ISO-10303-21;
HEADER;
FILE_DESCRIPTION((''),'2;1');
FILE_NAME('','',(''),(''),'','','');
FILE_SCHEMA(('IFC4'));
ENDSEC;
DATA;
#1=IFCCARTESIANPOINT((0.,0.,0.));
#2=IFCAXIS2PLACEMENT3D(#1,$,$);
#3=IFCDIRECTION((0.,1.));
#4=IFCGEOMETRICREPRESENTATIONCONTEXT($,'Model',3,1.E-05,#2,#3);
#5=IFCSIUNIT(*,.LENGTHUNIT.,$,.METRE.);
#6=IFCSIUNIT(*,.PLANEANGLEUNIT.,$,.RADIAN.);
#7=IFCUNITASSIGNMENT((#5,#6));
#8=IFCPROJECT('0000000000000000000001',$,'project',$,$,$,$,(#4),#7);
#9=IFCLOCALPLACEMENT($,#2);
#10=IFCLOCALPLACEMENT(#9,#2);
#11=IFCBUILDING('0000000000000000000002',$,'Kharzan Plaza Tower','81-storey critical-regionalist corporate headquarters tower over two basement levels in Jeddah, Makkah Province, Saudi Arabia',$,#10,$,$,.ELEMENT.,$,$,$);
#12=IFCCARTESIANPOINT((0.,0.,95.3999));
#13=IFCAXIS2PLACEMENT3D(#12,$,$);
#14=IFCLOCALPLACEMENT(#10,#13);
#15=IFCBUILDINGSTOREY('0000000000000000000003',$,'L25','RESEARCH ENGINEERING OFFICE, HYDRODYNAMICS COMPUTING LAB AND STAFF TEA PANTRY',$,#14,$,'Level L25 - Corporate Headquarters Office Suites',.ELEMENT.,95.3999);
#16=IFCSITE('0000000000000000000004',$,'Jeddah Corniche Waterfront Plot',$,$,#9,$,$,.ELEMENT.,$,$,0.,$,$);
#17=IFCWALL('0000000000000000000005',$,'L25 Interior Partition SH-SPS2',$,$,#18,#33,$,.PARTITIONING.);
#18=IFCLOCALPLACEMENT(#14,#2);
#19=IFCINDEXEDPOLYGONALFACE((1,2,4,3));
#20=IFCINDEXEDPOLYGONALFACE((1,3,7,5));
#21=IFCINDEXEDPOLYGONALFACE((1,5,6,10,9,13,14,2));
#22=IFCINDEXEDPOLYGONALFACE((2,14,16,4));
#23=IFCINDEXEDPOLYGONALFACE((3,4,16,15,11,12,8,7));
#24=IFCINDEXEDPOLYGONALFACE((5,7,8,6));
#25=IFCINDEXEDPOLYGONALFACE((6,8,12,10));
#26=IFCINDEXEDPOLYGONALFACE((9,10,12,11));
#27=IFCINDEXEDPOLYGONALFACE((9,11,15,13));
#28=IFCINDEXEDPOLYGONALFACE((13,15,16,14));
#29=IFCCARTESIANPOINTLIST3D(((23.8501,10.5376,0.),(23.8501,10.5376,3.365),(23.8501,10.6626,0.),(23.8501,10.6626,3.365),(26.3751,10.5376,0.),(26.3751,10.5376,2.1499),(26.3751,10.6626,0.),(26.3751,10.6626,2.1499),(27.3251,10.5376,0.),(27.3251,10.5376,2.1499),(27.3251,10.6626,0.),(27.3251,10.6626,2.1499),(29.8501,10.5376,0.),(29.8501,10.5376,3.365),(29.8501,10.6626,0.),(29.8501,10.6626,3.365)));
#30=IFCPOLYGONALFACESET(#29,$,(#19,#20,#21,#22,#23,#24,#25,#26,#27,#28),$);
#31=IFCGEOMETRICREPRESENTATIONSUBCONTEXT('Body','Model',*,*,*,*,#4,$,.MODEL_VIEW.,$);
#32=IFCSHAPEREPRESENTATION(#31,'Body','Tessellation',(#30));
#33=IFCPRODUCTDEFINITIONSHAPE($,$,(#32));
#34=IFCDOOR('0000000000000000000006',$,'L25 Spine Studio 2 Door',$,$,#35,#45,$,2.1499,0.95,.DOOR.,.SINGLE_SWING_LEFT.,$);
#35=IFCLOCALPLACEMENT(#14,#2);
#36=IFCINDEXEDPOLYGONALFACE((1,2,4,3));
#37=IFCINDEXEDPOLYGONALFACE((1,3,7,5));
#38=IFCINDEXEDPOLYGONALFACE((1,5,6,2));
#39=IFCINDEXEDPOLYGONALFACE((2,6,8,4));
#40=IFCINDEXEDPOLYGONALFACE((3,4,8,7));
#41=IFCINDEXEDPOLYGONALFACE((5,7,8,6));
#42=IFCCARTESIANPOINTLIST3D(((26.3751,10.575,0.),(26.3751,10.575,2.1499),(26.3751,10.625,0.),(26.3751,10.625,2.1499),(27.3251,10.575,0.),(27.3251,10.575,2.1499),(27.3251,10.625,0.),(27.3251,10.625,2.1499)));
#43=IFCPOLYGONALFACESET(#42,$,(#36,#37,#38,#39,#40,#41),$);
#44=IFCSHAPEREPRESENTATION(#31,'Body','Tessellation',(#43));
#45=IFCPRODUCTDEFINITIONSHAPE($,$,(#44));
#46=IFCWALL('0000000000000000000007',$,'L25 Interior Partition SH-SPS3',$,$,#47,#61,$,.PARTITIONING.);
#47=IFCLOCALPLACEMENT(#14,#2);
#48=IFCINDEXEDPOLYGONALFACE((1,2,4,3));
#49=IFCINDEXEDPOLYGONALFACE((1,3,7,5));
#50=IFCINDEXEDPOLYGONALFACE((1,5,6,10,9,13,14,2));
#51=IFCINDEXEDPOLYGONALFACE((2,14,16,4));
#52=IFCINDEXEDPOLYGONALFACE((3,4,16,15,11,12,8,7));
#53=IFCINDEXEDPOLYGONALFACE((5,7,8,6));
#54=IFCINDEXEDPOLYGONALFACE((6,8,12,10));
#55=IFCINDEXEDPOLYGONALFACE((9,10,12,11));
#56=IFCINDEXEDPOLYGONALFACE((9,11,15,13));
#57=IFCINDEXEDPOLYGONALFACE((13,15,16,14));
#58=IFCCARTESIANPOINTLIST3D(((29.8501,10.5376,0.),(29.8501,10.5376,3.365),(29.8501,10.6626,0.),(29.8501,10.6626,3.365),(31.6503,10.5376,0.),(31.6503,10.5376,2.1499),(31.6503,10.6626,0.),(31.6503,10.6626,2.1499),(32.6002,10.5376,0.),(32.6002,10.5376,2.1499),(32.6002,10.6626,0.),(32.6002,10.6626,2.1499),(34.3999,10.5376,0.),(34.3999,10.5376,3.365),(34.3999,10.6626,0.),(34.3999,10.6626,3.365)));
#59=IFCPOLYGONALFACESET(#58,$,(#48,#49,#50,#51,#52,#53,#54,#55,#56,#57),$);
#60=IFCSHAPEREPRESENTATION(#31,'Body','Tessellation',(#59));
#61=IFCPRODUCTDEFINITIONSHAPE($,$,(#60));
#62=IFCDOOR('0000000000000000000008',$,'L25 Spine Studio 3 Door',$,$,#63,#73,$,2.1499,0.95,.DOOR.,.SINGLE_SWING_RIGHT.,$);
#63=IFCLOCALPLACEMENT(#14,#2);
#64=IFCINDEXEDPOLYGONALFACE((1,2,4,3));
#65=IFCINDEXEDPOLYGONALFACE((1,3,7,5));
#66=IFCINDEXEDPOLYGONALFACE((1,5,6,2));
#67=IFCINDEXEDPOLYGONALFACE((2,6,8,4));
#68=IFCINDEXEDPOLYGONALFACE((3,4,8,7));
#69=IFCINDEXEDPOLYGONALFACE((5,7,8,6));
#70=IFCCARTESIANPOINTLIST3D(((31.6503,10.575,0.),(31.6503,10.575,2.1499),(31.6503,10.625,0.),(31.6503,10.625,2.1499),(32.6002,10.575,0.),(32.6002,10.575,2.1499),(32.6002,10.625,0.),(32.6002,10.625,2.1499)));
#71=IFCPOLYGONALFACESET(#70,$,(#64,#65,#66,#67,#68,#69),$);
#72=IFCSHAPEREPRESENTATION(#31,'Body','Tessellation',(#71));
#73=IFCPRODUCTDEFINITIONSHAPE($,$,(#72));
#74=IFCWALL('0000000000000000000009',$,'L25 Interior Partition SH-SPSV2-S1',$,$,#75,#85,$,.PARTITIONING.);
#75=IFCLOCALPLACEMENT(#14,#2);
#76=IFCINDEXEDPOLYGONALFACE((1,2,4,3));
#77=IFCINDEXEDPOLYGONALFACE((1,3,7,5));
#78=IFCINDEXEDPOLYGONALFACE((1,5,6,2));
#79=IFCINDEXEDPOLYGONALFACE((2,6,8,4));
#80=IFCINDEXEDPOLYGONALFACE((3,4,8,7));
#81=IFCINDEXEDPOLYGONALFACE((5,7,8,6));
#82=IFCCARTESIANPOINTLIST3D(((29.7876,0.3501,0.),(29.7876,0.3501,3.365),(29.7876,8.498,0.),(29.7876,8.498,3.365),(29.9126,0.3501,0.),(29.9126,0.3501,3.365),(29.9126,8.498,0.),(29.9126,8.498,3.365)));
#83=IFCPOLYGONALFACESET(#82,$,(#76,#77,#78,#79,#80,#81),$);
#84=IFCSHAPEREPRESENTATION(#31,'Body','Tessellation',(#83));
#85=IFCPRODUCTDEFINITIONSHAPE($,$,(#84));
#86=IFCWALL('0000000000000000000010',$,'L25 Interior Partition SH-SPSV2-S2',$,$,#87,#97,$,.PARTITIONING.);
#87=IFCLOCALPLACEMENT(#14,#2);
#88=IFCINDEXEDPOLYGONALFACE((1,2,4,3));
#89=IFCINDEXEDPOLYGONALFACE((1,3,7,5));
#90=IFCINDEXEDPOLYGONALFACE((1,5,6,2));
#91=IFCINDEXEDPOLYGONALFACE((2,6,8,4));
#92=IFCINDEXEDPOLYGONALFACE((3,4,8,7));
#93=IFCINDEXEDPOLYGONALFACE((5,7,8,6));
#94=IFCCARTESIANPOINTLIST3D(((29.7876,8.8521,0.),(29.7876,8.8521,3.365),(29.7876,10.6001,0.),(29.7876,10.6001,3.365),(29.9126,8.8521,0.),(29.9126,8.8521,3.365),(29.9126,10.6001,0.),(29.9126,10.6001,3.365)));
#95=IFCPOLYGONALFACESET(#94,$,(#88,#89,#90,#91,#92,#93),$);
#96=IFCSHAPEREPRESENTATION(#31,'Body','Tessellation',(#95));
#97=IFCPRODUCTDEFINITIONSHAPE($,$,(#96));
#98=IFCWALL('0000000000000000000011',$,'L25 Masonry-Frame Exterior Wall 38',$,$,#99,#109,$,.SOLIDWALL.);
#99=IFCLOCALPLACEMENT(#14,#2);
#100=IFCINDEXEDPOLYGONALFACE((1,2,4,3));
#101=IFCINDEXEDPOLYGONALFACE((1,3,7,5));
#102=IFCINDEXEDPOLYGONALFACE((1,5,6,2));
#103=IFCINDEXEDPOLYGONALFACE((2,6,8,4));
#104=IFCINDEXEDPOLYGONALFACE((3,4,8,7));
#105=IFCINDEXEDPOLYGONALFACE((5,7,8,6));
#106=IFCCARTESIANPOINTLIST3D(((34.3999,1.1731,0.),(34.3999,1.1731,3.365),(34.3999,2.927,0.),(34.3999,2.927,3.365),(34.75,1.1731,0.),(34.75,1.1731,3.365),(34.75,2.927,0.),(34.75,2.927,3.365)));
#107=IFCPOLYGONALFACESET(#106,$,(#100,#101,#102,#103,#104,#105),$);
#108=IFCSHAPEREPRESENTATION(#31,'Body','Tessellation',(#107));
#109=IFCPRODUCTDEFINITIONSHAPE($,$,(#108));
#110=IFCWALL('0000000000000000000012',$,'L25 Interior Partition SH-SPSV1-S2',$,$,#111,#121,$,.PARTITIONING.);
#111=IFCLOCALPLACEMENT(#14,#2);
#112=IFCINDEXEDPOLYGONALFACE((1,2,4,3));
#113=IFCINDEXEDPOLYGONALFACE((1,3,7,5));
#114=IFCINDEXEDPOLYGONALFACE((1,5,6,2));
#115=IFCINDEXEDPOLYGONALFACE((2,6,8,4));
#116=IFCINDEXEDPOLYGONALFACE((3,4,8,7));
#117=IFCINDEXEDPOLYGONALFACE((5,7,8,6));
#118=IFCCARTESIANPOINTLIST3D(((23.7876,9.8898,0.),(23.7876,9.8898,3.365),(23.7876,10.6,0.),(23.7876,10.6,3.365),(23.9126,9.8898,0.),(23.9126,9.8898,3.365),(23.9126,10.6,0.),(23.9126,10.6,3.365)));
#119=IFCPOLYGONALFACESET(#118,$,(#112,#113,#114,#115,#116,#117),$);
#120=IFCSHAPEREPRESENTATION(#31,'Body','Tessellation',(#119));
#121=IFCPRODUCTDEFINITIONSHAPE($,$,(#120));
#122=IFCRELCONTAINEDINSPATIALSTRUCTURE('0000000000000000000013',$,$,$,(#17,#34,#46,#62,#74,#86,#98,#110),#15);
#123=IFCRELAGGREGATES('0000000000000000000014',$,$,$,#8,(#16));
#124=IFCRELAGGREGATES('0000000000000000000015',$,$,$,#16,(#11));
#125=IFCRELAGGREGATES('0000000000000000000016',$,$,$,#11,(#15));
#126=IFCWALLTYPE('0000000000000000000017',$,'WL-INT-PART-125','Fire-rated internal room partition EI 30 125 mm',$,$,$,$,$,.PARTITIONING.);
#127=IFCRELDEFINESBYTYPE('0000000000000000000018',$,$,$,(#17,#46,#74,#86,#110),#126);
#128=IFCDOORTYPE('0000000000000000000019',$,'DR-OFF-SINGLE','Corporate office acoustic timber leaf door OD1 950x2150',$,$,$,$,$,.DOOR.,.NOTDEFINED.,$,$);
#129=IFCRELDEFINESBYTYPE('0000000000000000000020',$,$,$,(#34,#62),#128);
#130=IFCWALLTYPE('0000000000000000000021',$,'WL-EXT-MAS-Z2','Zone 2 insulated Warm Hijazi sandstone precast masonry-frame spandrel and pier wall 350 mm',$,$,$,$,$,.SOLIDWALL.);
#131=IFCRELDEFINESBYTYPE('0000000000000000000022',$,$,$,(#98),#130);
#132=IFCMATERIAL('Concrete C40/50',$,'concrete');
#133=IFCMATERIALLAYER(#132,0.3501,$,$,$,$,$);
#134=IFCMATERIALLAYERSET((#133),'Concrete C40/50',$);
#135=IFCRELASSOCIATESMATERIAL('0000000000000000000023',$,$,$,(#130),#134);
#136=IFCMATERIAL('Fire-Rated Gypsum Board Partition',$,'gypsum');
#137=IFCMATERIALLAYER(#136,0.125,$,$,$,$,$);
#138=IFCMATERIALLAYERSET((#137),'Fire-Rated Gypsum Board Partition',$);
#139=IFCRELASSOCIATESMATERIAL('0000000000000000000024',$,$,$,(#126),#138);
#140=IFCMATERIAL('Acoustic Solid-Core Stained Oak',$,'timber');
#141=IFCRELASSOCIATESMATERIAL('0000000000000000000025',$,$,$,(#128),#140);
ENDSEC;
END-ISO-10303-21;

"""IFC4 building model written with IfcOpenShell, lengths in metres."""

from ifc_helpers import new_model, si_unit, direction, frame, frame_2d, origin, place, context, subcontext, project, spatial, rectangle, extrude, source, transform, mapped, material, layer, layer_set, type_object, element, fill, save


model = new_model("IFC4")

# Units and contexts
model_context = context("Model", 3, precision=1e-05, world=origin(), true_north=direction((0.0, 1.0)))
body_context = subcontext(model_context, "Body", "Model", "MODEL_VIEW")
ifc_project = project(units=[si_unit("LENGTHUNIT", "METRE"), si_unit("PLANEANGLEUNIT", "RADIAN")], contexts=[model_context])

# Site, building, storey
site_placement = place(None, origin())
site = spatial("IfcSite", under=ifc_project, at=site_placement, Name="Jeddah Corniche Waterfront Plot", CompositionType="ELEMENT", RefElevation=0.0)
building_placement = place(site_placement, origin())
building = spatial("IfcBuilding", under=site, at=building_placement, Name="Kharzan Plaza Tower", Description="81-storey critical-regionalist corporate headquarters tower over two basement levels in Jeddah, Makkah Province, Saudi Arabia", CompositionType="ELEMENT")
storey_placement = place(building_placement, frame((0.0, 0.0, 95.3999)))
storey = spatial("IfcBuildingStorey", under=building, at=storey_placement, Name="L25", Description="RESEARCH ENGINEERING OFFICE, HYDRODYNAMICS COMPUTING LAB AND STAFF TEA PANTRY", LongName="Level L25 - Corporate Headquarters Office Suites", CompositionType="ELEMENT", Elevation=95.3999)

# Shared definitions
ifc_material_1 = material(Name="Concrete C40/50", Category="concrete")
ifc_layer_1 = layer(ifc_material_1, 0.3501)
ifc_layer_set_1 = layer_set([ifc_layer_1], Name="Concrete C40/50")
wall_type_1 = type_object("IfcWallType", Name="WL-EXT-MAS-Z2", Description="Zone 2 insulated Warm Hijazi sandstone precast masonry-frame spandrel and pier wall 350 mm", PredefinedType="SOLIDWALL", material=ifc_layer_set_1)

# Walls, openings, doors
ifc_material_2 = material(Name="Fire-Rated Gypsum Board Partition", Category="gypsum")
ifc_layer_2 = layer(ifc_material_2, 0.125)
ifc_layer_set_2 = layer_set([ifc_layer_2], Name="Fire-Rated Gypsum Board Partition")
wall_type_2 = type_object("IfcWallType", Name="WL-INT-PART-125", Description="Fire-rated internal room partition EI 30 125 mm", PredefinedType="PARTITIONING", material=ifc_layer_set_2)
wall_1_placement = place(storey_placement, frame((23.8501, 10.6001, 0.0), z_axis=(0.0, 0.0, 1.0), x_axis=(1.0, 0.0, 0.0)))
wall_1 = element("IfcWall", 1, at=wall_1_placement, inside=storey, type_object=wall_type_2, Name="L25 Interior Partition SH-SPS2", PredefinedType="PARTITIONING", context=body_context, shape_type="SweptSolid", body=[
    extrude(rectangle(XDim=6.0, YDim=0.125, at=frame_2d((3.0, 0.0))), origin(), (0.0, 0.0, 1.0), 3.365),
])
opening_1_placement = place(wall_1_placement, frame((2.5249, 0.0, 0.0)))
opening_1 = element("IfcOpeningElement", 2, at=opening_1_placement, cuts=wall_1, PredefinedType="OPENING", context=body_context, shape_type="SweptSolid", body=[
    extrude(rectangle(XDim=0.95, YDim=2.1499, at=frame_2d((0.4751, 1.075))), frame((0.0, 0.0725, 0.0), z_axis=(0.0, -1.0, 0.0), x_axis=(1.0, 0.0, 0.0)), (0.0, 0.0, 1.0), 0.145),
])
ifc_material_3 = material(Name="Acoustic Solid-Core Stained Oak", Category="timber")
door_type = type_object("IfcDoorType", Name="DR-OFF-SINGLE", Description="Corporate office acoustic timber leaf door OD1 950x2150", OperationType="NOTDEFINED", PredefinedType="DOOR", material=ifc_material_3)
shared_shape_1 = source(origin(), body_context, "Body", "SweptSolid", [
    extrude(rectangle(XDim=0.95, YDim=2.1499, at=frame_2d((0.4751, 1.075))), frame((0.0, 0.0249, 0.0), z_axis=(0.0, -1.0, 0.0), x_axis=(1.0, 0.0, 0.0)), (0.0, 0.0, 1.0), 0.05),
])
door_1_placement = place(opening_1_placement, origin())
door_1 = element("IfcDoor", 3, at=door_1_placement, inside=storey, type_object=door_type, Name="L25 Spine Studio 2 Door", OperationType="SINGLE_SWING_LEFT", OverallHeight=2.1499, OverallWidth=0.95, PredefinedType="DOOR", context=body_context, shape_type="MappedRepresentation", body=[
    mapped(shared_shape_1, transform((0.0, 0.0, 0.0), x_axis=(1.0, 0.0, 0.0), y_axis=(0.0, 1.0, 0.0), z_axis=(0.0, 0.0, 1.0))),
])
fill(opening_1, door_1)
wall_2_placement = place(storey_placement, frame((29.8501, 10.6001, 0.0), z_axis=(0.0, 0.0, 1.0), x_axis=(1.0, 0.0, 0.0)))
wall_2 = element("IfcWall", 4, at=wall_2_placement, inside=storey, type_object=wall_type_2, Name="L25 Interior Partition SH-SPS3", PredefinedType="PARTITIONING", context=body_context, shape_type="SweptSolid", body=[
    extrude(rectangle(XDim=4.5498, YDim=0.125, at=frame_2d((2.2749, 0.0))), origin(), (0.0, 0.0, 1.0), 3.365),
])
opening_2_placement = place(wall_2_placement, frame((1.8, 0.0, 0.0)))
opening_2 = element("IfcOpeningElement", 5, at=opening_2_placement, cuts=wall_2, PredefinedType="OPENING", context=body_context, shape_type="SweptSolid", body=[
    extrude(rectangle(XDim=0.95, YDim=2.1499, at=frame_2d((0.4751, 1.075))), frame((0.0, 0.0725, 0.0), z_axis=(0.0, -1.0, 0.0), x_axis=(1.0, 0.0, 0.0)), (0.0, 0.0, 1.0), 0.145),
])
door_2_placement = place(opening_2_placement, origin())
door_2 = element("IfcDoor", 6, at=door_2_placement, inside=storey, type_object=door_type, Name="L25 Spine Studio 3 Door", OperationType="SINGLE_SWING_RIGHT", OverallHeight=2.1499, OverallWidth=0.95, PredefinedType="DOOR", context=body_context, shape_type="MappedRepresentation", body=[
    mapped(shared_shape_1, transform((0.0, 0.0, 0.0), x_axis=(1.0, 0.0, 0.0), y_axis=(0.0, 1.0, 0.0), z_axis=(0.0, 0.0, 1.0))),
])
fill(opening_2, door_2)

# Walls
shared_shape_2 = source(origin(), body_context, "Body", "SweptSolid", [
    extrude(rectangle(XDim=8.1479, YDim=0.125, at=frame_2d((4.074, 0.0))), origin(), (0.0, 0.0, 1.0), 3.365),
])
wall_3_placement = place(storey_placement, frame((29.8501, 0.3501, 0.0), z_axis=(0.0, 0.0, 1.0), x_axis=(0.0, 1.0, 0.0)))
element("IfcWall", 7, at=wall_3_placement, inside=storey, type_object=wall_type_2, Name="L25 Interior Partition SH-SPSV2-S1", PredefinedType="PARTITIONING", context=body_context, shape_type="MappedRepresentation", body=[
    mapped(shared_shape_2, transform((0.0, 0.0, 0.0), x_axis=(1.0, 0.0, 0.0), y_axis=(0.0, 1.0, 0.0), z_axis=(0.0, 0.0, 1.0))),
])
shared_shape_3 = source(origin(), body_context, "Body", "SweptSolid", [
    extrude(rectangle(XDim=1.748, YDim=0.125, at=frame_2d((0.874, 0.0))), origin(), (0.0, 0.0, 1.0), 3.365),
])
wall_4_placement = place(storey_placement, frame((29.8501, 8.8521, 0.0), z_axis=(0.0, 0.0, 1.0), x_axis=(0.0, 1.0, 0.0)))
element("IfcWall", 8, at=wall_4_placement, inside=storey, type_object=wall_type_2, Name="L25 Interior Partition SH-SPSV2-S2", PredefinedType="PARTITIONING", context=body_context, shape_type="MappedRepresentation", body=[
    mapped(shared_shape_3, transform((0.0, 0.0, 0.0), x_axis=(1.0, 0.0, 0.0), y_axis=(0.0, 1.0, 0.0), z_axis=(0.0, 0.0, 1.0))),
])
shared_shape_4 = source(origin(), body_context, "Body", "SweptSolid", [
    extrude(rectangle(XDim=1.7539, YDim=0.3501, at=frame_2d((0.877, 0.0))), origin(), (0.0, 0.0, 1.0), 3.365),
])
wall_5_placement = place(storey_placement, frame((34.575, 2.927, 0.0), z_axis=(0.0, 0.0, 1.0), x_axis=(0.0, -1.0, 0.0)))
element("IfcWall", 9, at=wall_5_placement, inside=storey, type_object=wall_type_1, Name="L25 Masonry-Frame Exterior Wall 38", PredefinedType="SOLIDWALL", context=body_context, shape_type="MappedRepresentation", body=[
    mapped(shared_shape_4, transform((0.0, 0.0, 0.0), x_axis=(1.0, 0.0, 0.0), y_axis=(0.0, 1.0, 0.0), z_axis=(0.0, 0.0, 1.0))),
])
shared_shape_5 = source(origin(), body_context, "Body", "SweptSolid", [
    extrude(rectangle(XDim=0.7102, YDim=0.125, at=frame_2d((0.355, 0.0))), origin(), (0.0, 0.0, 1.0), 3.365),
])
wall_6_placement = place(storey_placement, frame((23.8501, 9.8899, 0.0), z_axis=(0.0, 0.0, 1.0), x_axis=(0.0, 1.0, 0.0)))
element("IfcWall", 10, at=wall_6_placement, inside=storey, type_object=wall_type_2, Name="L25 Interior Partition SH-SPSV1-S2", PredefinedType="PARTITIONING", context=body_context, shape_type="MappedRepresentation", body=[
    mapped(shared_shape_5, transform((0.0, 0.0, 0.0), x_axis=(1.0, 0.0, 0.0), y_axis=(0.0, 1.0, 0.0), z_axis=(0.0, 0.0, 1.0))),
])

save(model, "model.ifc")
